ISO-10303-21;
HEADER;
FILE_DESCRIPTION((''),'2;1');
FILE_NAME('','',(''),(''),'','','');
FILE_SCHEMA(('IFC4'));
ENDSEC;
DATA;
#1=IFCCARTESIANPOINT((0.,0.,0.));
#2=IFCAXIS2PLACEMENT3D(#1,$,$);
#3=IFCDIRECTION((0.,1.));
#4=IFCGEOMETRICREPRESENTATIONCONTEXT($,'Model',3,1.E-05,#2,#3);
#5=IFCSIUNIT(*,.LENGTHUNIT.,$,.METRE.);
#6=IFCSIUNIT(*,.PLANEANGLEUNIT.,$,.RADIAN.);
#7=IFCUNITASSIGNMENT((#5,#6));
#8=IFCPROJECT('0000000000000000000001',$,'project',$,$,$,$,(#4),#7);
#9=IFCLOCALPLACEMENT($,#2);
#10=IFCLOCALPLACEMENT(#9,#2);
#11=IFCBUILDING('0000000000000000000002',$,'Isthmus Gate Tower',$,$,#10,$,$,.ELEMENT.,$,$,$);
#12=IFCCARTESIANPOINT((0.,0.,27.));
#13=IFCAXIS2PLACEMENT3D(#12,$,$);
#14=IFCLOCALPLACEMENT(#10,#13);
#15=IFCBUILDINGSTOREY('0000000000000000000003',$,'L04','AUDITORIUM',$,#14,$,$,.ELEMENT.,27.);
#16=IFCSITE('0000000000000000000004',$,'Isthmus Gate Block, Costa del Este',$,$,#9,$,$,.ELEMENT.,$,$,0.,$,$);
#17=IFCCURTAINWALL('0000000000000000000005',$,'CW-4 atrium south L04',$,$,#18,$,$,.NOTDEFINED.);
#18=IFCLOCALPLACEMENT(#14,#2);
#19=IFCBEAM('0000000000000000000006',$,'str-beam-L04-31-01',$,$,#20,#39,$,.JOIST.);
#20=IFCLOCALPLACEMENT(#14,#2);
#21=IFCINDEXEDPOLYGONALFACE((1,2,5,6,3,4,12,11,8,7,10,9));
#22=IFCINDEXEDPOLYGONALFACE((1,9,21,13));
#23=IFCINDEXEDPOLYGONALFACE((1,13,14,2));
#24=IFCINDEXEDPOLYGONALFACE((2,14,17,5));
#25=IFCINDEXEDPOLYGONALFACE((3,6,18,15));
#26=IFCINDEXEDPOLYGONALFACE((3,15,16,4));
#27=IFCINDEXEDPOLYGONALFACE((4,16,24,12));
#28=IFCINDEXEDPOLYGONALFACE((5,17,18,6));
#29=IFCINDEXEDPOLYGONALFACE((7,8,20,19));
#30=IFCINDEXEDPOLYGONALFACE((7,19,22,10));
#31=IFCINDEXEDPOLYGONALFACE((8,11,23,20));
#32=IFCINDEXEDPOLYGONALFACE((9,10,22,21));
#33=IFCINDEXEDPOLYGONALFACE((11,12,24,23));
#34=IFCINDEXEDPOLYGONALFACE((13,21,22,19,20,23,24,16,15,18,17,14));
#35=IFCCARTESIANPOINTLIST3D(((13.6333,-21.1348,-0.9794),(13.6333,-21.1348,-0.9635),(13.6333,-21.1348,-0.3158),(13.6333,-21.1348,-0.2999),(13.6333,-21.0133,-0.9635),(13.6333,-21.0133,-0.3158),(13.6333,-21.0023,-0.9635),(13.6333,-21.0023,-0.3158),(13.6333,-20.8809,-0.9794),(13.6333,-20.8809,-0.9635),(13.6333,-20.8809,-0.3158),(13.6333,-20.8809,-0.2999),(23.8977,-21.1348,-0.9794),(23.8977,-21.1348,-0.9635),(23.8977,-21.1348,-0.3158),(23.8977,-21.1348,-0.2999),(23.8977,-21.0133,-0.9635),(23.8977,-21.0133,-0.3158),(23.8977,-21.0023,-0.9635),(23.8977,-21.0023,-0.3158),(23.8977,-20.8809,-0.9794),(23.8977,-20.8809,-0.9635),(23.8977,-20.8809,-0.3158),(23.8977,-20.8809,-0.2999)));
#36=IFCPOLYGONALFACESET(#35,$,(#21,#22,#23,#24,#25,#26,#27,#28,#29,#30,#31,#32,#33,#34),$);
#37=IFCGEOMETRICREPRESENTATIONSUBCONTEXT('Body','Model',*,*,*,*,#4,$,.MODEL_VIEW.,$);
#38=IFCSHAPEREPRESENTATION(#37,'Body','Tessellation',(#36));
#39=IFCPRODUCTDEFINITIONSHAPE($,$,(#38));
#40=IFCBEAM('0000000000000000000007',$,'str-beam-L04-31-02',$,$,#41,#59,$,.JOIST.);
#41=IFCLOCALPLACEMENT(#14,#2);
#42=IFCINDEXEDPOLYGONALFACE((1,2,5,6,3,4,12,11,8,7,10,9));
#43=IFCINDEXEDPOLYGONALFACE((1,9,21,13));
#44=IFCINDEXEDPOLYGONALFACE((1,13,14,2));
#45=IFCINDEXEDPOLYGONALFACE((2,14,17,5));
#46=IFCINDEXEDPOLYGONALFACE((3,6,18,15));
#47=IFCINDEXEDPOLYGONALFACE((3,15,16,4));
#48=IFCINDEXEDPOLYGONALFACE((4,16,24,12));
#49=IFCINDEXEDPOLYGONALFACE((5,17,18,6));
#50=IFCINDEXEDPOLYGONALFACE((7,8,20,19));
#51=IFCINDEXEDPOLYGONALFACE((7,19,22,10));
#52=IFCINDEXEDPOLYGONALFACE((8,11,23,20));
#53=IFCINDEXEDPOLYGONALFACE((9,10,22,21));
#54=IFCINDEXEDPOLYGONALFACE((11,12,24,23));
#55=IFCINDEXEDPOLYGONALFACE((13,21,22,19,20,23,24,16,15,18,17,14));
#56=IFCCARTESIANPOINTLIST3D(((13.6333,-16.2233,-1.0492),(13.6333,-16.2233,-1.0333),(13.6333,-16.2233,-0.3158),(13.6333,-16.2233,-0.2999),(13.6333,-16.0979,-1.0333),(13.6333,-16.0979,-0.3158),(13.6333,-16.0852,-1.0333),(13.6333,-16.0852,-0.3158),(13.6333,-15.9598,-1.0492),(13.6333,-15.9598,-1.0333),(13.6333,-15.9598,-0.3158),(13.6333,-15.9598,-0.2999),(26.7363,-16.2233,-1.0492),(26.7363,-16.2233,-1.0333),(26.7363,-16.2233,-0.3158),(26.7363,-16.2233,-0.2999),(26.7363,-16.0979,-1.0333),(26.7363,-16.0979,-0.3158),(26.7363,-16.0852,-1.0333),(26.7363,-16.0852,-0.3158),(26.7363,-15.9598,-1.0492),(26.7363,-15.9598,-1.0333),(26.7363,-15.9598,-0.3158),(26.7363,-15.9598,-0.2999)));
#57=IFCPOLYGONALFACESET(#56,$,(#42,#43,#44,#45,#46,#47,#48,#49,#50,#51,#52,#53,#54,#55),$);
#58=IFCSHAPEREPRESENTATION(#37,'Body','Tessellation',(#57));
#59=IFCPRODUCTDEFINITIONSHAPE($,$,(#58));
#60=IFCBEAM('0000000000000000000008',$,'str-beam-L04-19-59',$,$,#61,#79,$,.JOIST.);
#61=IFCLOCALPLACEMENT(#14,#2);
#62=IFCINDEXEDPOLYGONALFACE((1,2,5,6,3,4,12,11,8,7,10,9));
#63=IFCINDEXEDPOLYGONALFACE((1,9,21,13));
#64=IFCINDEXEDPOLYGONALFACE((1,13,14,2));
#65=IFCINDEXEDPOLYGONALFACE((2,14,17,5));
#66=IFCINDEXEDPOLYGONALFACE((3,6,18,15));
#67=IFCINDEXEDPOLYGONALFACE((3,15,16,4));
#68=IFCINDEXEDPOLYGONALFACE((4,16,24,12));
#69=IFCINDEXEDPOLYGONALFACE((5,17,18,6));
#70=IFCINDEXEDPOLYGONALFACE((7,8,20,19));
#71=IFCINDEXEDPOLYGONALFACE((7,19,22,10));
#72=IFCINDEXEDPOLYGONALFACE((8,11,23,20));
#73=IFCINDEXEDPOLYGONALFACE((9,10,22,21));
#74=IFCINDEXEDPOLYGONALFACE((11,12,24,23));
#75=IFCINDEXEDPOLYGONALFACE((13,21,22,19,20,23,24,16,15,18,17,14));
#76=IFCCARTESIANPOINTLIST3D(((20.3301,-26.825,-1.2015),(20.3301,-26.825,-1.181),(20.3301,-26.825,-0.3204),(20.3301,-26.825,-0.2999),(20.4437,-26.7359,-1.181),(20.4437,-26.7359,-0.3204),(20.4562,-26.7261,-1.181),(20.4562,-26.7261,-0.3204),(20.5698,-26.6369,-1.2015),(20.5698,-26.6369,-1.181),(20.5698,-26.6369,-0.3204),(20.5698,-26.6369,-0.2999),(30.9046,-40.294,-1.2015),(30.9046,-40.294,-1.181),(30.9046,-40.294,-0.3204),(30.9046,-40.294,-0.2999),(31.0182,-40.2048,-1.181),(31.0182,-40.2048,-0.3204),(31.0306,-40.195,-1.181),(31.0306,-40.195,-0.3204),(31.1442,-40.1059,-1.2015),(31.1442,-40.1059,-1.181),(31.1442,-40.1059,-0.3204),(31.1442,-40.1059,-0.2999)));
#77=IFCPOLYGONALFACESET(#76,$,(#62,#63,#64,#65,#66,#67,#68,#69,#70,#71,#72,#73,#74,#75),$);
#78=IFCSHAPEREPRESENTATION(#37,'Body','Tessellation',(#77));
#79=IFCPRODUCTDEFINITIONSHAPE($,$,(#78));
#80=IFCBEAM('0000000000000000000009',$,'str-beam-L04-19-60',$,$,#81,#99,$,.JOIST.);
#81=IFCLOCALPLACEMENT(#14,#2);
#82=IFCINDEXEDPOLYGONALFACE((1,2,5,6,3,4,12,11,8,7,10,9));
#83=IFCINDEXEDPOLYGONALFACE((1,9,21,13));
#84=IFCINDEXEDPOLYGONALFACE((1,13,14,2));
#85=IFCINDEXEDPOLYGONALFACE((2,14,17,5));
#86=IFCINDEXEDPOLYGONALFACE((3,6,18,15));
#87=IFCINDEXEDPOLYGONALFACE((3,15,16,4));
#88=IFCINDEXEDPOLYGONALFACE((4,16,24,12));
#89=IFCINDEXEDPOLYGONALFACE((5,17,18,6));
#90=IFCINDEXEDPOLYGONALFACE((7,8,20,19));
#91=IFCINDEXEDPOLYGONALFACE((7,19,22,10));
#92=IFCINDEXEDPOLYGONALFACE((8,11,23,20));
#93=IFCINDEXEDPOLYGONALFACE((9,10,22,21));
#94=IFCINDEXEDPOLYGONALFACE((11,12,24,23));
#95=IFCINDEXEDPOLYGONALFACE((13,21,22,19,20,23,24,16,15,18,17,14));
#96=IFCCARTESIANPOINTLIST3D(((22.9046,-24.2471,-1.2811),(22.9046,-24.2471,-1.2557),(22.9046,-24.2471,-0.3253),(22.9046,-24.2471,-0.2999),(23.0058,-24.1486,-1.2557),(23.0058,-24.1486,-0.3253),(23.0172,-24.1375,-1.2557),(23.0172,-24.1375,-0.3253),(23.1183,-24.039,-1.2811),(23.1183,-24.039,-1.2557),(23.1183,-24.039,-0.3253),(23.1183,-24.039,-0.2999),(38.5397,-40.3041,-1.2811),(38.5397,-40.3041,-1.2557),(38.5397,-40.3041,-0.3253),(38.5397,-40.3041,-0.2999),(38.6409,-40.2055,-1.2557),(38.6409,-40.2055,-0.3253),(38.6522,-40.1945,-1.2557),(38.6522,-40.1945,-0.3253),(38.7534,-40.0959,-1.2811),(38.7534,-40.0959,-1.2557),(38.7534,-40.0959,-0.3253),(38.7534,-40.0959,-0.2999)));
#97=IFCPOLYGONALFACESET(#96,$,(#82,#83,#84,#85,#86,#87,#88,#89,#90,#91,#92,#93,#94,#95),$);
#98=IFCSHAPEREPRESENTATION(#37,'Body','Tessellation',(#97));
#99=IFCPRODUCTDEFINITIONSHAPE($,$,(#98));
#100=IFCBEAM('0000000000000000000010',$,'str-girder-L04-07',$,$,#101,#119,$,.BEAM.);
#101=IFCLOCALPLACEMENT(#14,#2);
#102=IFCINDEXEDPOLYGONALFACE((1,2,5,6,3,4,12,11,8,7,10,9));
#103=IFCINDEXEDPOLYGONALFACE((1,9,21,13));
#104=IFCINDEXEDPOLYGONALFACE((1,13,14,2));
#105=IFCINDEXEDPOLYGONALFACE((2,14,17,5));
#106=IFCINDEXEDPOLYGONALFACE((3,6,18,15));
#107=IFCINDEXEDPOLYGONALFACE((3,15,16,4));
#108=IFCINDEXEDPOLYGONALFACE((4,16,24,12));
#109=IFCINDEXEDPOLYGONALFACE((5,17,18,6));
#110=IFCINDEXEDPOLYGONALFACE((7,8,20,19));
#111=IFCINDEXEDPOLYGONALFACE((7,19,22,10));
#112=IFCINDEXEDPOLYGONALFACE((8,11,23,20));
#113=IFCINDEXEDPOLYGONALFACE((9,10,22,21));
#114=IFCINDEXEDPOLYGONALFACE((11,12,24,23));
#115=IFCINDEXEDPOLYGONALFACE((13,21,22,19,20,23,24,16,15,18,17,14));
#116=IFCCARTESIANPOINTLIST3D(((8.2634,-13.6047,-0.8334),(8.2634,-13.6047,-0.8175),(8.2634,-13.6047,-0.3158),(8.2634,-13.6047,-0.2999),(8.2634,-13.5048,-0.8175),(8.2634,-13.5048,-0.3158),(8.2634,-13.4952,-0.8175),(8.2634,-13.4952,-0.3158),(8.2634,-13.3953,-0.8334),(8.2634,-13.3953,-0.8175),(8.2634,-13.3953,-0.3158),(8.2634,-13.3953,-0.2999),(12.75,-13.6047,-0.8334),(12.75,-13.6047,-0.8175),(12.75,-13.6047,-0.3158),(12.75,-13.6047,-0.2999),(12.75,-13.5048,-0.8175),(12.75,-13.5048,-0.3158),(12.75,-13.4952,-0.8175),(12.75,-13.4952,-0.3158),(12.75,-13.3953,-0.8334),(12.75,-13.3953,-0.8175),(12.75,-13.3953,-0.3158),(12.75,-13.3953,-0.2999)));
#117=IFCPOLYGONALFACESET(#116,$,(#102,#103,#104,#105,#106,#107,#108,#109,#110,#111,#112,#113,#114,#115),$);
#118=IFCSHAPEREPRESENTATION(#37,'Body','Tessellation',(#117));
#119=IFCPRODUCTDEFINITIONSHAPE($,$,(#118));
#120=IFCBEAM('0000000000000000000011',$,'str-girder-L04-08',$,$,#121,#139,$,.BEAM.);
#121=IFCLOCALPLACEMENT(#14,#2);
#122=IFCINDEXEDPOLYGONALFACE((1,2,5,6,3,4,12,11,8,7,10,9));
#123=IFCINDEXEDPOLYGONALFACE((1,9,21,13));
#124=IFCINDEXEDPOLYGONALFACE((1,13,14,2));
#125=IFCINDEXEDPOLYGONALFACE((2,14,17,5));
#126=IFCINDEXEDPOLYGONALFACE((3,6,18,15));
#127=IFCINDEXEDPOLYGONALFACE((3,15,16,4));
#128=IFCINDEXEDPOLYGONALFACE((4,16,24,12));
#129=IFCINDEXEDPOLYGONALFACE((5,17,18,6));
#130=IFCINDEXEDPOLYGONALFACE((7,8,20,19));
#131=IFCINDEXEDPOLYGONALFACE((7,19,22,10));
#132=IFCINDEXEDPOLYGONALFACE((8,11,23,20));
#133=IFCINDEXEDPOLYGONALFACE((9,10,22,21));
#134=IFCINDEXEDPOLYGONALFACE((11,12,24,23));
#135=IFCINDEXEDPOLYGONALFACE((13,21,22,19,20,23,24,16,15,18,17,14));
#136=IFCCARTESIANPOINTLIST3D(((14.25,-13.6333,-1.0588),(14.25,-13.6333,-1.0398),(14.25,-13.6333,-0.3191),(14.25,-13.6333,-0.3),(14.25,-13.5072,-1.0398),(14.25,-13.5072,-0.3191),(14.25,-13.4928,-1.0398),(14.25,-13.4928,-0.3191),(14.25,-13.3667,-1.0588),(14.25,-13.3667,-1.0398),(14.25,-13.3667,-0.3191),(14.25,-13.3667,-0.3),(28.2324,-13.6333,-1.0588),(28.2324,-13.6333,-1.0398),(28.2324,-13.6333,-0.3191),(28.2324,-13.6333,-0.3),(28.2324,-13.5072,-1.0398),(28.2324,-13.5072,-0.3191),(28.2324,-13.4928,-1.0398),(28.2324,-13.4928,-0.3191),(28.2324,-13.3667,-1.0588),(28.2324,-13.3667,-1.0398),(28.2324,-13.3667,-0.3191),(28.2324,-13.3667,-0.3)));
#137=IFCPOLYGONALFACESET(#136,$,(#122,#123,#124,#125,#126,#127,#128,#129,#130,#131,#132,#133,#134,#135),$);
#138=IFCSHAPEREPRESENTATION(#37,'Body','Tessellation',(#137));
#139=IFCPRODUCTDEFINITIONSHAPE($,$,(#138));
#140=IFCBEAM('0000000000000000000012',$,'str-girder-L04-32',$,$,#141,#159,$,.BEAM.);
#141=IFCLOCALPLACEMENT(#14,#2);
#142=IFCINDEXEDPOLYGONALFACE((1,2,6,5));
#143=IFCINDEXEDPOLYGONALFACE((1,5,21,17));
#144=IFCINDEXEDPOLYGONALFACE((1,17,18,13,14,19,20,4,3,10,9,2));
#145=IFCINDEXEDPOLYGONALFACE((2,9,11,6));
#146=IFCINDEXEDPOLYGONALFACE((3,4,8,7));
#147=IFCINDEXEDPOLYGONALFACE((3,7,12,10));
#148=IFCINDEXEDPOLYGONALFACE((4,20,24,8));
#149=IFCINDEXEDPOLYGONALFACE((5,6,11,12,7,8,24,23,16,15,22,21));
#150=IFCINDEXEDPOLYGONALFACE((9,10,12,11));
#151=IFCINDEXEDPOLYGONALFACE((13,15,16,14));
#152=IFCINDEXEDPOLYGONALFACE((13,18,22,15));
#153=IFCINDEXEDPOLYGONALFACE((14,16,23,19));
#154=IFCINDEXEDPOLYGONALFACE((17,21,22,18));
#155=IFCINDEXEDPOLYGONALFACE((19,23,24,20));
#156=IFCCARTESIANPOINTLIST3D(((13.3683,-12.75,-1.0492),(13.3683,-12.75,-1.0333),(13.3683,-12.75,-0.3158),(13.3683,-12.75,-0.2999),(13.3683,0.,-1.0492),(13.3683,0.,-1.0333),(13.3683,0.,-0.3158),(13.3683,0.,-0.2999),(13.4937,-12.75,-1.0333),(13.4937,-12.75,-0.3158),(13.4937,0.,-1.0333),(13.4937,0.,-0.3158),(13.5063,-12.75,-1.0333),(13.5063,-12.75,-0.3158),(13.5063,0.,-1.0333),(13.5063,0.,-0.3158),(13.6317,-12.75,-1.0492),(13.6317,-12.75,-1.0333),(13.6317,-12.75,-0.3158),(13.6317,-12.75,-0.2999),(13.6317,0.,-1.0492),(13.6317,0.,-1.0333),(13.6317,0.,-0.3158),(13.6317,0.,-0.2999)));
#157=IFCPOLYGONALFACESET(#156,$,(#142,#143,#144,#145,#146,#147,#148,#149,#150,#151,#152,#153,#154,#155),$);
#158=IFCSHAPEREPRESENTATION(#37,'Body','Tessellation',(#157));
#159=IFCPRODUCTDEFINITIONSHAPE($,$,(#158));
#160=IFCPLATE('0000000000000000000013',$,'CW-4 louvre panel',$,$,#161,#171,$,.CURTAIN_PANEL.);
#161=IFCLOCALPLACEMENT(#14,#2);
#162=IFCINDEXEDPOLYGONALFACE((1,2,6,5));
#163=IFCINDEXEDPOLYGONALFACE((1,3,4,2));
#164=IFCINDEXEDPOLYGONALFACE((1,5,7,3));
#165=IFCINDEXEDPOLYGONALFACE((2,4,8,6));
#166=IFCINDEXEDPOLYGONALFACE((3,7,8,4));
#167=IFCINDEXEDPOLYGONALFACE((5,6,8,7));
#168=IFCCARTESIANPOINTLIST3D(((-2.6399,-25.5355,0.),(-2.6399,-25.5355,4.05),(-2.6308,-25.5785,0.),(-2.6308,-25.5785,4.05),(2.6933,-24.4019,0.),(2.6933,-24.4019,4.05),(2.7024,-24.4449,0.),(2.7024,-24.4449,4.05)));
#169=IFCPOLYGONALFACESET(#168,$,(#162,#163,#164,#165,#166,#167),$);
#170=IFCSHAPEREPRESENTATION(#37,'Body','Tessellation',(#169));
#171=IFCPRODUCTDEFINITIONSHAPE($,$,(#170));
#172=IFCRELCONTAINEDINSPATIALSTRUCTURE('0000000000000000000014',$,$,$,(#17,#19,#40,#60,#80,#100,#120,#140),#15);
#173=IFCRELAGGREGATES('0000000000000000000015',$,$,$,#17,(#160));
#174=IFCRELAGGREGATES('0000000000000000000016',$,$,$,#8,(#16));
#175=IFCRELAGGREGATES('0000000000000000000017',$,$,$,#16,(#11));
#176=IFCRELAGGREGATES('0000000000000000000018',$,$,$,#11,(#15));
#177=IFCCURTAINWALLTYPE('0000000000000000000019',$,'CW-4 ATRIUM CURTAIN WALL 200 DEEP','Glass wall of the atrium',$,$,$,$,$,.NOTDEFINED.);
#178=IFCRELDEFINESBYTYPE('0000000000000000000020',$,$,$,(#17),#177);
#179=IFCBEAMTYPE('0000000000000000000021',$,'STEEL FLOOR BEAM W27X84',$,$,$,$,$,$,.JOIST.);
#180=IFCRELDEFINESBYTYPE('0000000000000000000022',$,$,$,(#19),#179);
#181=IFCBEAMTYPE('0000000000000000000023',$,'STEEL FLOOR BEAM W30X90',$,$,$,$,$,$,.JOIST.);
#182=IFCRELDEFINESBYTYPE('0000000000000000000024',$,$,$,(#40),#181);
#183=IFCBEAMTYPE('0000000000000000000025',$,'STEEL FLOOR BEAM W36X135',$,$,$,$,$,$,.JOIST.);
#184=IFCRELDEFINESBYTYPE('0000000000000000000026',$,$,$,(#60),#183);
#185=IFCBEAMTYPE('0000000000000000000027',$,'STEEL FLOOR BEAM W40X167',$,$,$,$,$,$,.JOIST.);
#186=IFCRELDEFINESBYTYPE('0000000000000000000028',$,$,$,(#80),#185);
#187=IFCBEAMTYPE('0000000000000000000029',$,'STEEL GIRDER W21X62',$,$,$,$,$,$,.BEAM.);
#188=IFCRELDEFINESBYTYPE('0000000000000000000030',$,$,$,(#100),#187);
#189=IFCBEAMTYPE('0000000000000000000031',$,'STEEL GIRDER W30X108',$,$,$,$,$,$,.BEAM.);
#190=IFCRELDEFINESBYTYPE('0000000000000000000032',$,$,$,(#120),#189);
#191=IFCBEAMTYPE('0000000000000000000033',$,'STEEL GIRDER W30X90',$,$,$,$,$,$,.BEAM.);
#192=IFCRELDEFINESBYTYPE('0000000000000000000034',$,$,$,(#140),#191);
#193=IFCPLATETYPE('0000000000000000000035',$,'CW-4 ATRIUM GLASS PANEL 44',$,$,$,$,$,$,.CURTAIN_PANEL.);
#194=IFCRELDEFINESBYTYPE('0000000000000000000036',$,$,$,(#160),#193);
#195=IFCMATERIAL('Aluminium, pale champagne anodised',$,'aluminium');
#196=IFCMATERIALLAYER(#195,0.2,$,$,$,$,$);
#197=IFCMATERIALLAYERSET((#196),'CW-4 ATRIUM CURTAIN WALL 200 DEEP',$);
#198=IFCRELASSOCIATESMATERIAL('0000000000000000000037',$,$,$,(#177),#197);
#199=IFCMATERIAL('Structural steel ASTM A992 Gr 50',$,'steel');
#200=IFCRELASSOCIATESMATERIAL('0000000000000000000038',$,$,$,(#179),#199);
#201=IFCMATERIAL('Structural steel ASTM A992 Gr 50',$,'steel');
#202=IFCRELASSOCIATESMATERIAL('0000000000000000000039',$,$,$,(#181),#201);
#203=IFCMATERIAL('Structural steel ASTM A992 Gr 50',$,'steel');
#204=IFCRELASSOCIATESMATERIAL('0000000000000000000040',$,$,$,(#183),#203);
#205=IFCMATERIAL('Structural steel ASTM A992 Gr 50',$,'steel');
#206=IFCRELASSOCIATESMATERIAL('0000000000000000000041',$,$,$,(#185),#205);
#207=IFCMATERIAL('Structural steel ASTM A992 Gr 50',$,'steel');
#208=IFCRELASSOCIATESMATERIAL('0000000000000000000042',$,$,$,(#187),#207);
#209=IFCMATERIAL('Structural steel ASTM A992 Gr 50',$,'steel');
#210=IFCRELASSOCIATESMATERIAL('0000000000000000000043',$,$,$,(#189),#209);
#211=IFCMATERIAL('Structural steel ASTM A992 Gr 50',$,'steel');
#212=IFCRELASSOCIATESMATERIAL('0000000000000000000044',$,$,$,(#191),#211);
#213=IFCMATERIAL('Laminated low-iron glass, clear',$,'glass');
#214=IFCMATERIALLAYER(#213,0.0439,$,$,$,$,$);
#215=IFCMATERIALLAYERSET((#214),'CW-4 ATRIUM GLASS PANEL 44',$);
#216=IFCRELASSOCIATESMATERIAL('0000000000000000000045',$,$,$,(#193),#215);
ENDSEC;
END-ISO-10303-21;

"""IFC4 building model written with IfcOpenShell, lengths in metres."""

from ifc_helpers import new_model, si_unit, direction, frame, origin, origin_2d, place, context, subcontext, project, spatial, rectangle, i_section, extrude, material, layer, layer_set, material_profile, profile_set, type_object, element, aggregate, save


model = new_model("IFC4")

# Units and contexts
model_context = context("Model", 3, precision=1e-05, world=origin(), true_north=direction((0.0, 1.0)))
body_context = subcontext(model_context, "Body", "Model", "MODEL_VIEW")
ifc_project = project(units=[si_unit("LENGTHUNIT", "METRE"), si_unit("PLANEANGLEUNIT", "RADIAN")], contexts=[model_context])

# Site, building, storey
site_placement = place(None, origin())
site = spatial("IfcSite", under=ifc_project, at=site_placement, Name="Isthmus Gate Block, Costa del Este", CompositionType="ELEMENT", RefElevation=0.0)
building_placement = place(site_placement, origin())
building = spatial("IfcBuilding", under=site, at=building_placement, Name="Isthmus Gate Tower", CompositionType="ELEMENT")
storey_placement = place(building_placement, frame((0.0, 0.0, 27.0)))
storey = spatial("IfcBuildingStorey", under=building, at=storey_placement, Name="L04", Description="AUDITORIUM", CompositionType="ELEMENT", Elevation=27.0)

# Curtain wall
ifc_material_1 = material(Name="Aluminium, pale champagne anodised", Category="aluminium")
ifc_layer_1 = layer(ifc_material_1, 0.2)
ifc_layer_set_1 = layer_set([ifc_layer_1], Name="CW-4 ATRIUM CURTAIN WALL 200 DEEP")
curtain_wall_type = type_object("IfcCurtainWallType", Name="CW-4 ATRIUM CURTAIN WALL 200 DEEP", Description="Glass wall of the atrium", PredefinedType="NOTDEFINED", material=ifc_layer_set_1)
curtain_wall_placement = place(storey_placement, origin())
curtain_wall = element("IfcCurtainWall", 1, at=curtain_wall_placement, inside=storey, type_object=curtain_wall_type, Name="CW-4 atrium south L04", PredefinedType="NOTDEFINED")

# Beams
ifc_material_2 = material(Name="Structural steel ASTM A992 Gr 50", Category="steel")
ifc_material_profile_1 = material_profile(ifc_material_2, i_section(OverallWidth=0.2539, OverallDepth=0.6794, WebThickness=0.011, FlangeThickness=0.0159, at=origin_2d()), Name="W27X84")
ifc_profile_set_1 = profile_set([ifc_material_profile_1], Name="Structural steel ASTM A992 Gr 50")
beam_type_1 = type_object("IfcBeamType", Name="STEEL FLOOR BEAM W27X84", PredefinedType="JOIST", material=ifc_profile_set_1)
beam_1_placement = place(storey_placement, frame((13.6333, -21.0078, -0.6396), z_axis=(1.0, 0.0, 0.0), x_axis=(0.0, 1.0, 0.0)))
element("IfcBeam", 2, at=beam_1_placement, inside=storey, type_object=beam_type_1, Name="str-beam-L04-31-01", PredefinedType="JOIST", context=body_context, shape_type="SweptSolid", body=[
    extrude(i_section(OverallWidth=0.2539, OverallDepth=0.6794, WebThickness=0.011, FlangeThickness=0.0159, at=origin_2d()), origin(), (0.0, 0.0, 1.0), 10.2644),
])
ifc_material_3 = material(Name="Structural steel ASTM A992 Gr 50", Category="steel")
ifc_material_profile_2 = material_profile(ifc_material_3, i_section(OverallWidth=0.2634, OverallDepth=0.7493, WebThickness=0.0127, FlangeThickness=0.0159, at=origin_2d()), Name="W30X90")
ifc_profile_set_2 = profile_set([ifc_material_profile_2], Name="Structural steel ASTM A992 Gr 50")
beam_type_2 = type_object("IfcBeamType", Name="STEEL FLOOR BEAM W30X90", PredefinedType="JOIST", material=ifc_profile_set_2)
beam_2_placement = place(storey_placement, frame((13.6333, -16.0916, -0.6746), z_axis=(1.0, 0.0, 0.0), x_axis=(0.0, 1.0, 0.0)))
element("IfcBeam", 3, at=beam_2_placement, inside=storey, type_object=beam_type_2, Name="str-beam-L04-31-02", PredefinedType="JOIST", context=body_context, shape_type="SweptSolid", body=[
    extrude(i_section(OverallWidth=0.2634, OverallDepth=0.7493, WebThickness=0.0127, FlangeThickness=0.0159, at=origin_2d()), origin(), (0.0, 0.0, 1.0), 13.103),
])
ifc_material_4 = material(Name="Structural steel ASTM A992 Gr 50", Category="steel")
ifc_material_profile_3 = material_profile(ifc_material_4, i_section(OverallWidth=0.3047, OverallDepth=0.9016, WebThickness=0.0159, FlangeThickness=0.0205, at=origin_2d()), Name="W36X135")
ifc_profile_set_3 = profile_set([ifc_material_profile_3], Name="Structural steel ASTM A992 Gr 50")
beam_type_3 = type_object("IfcBeamType", Name="STEEL FLOOR BEAM W36X135", PredefinedType="JOIST", material=ifc_profile_set_3)
beam_3_placement = place(storey_placement, frame((20.45, -26.731, -0.7507), z_axis=(0.617521, -0.786554, 0.0), x_axis=(0.786554, 0.617521, 0.0)))
element("IfcBeam", 4, at=beam_3_placement, inside=storey, type_object=beam_type_3, Name="str-beam-L04-19-59", PredefinedType="JOIST", context=body_context, shape_type="SweptSolid", body=[
    extrude(i_section(OverallWidth=0.3047, OverallDepth=0.9016, WebThickness=0.0159, FlangeThickness=0.0205, at=origin_2d()), origin(), (0.0, 0.0, 1.0), 17.124),
])
ifc_material_5 = material(Name="Structural steel ASTM A992 Gr 50", Category="steel")
ifc_material_profile_4 = material_profile(ifc_material_5, i_section(OverallWidth=0.2983, OverallDepth=0.9812, WebThickness=0.0159, FlangeThickness=0.0254, at=origin_2d()), Name="W40X167")
ifc_profile_set_4 = profile_set([ifc_material_profile_4], Name="Structural steel ASTM A992 Gr 50")
beam_type_4 = type_object("IfcBeamType", Name="STEEL FLOOR BEAM W40X167", PredefinedType="JOIST", material=ifc_profile_set_4)
beam_4_placement = place(storey_placement, frame((23.0115, -24.1431, -0.7905), z_axis=(0.697632, -0.716456, 0.0), x_axis=(0.716456, 0.697632, 0.0)))
element("IfcBeam", 5, at=beam_4_placement, inside=storey, type_object=beam_type_4, Name="str-beam-L04-19-60", PredefinedType="JOIST", context=body_context, shape_type="SweptSolid", body=[
    extrude(i_section(OverallWidth=0.2983, OverallDepth=0.9812, WebThickness=0.0159, FlangeThickness=0.0254, at=origin_2d()), origin(), (0.0, 0.0, 1.0), 22.4116),
])
ifc_material_6 = material(Name="Structural steel ASTM A992 Gr 50", Category="steel")
ifc_material_profile_5 = material_profile(ifc_material_6, i_section(OverallWidth=0.2095, OverallDepth=0.5334, WebThickness=0.0095, FlangeThickness=0.0159, at=origin_2d()), Name="W21X62")
ifc_profile_set_5 = profile_set([ifc_material_profile_5], Name="Structural steel ASTM A992 Gr 50")
beam_type_5 = type_object("IfcBeamType", Name="STEEL GIRDER W21X62", PredefinedType="BEAM", material=ifc_profile_set_5)
beam_5_placement = place(storey_placement, frame((8.2634, -13.5, -0.5667), z_axis=(1.0, 0.0, 0.0), x_axis=(0.0, 1.0, 0.0)))
element("IfcBeam", 6, at=beam_5_placement, inside=storey, type_object=beam_type_5, Name="str-girder-L04-07", PredefinedType="BEAM", context=body_context, shape_type="SweptSolid", body=[
    extrude(i_section(OverallWidth=0.2095, OverallDepth=0.5334, WebThickness=0.0095, FlangeThickness=0.0159, at=origin_2d()), origin(), (0.0, 0.0, 1.0), 4.4866),
])
ifc_material_7 = material(Name="Structural steel ASTM A992 Gr 50", Category="steel")
ifc_material_profile_6 = material_profile(ifc_material_7, i_section(OverallWidth=0.2666, OverallDepth=0.7588, WebThickness=0.0144, FlangeThickness=0.019, at=origin_2d()), Name="W30X108")
ifc_profile_set_6 = profile_set([ifc_material_profile_6], Name="Structural steel ASTM A992 Gr 50")
beam_type_6 = type_object("IfcBeamType", Name="STEEL GIRDER W30X108", PredefinedType="BEAM", material=ifc_profile_set_6)
beam_6_placement = place(storey_placement, frame((14.25, -13.5, -0.6794), z_axis=(1.0, 0.0, 0.0), x_axis=(0.0, 1.0, 0.0)))
element("IfcBeam", 7, at=beam_6_placement, inside=storey, type_object=beam_type_6, Name="str-girder-L04-08", PredefinedType="BEAM", context=body_context, shape_type="SweptSolid", body=[
    extrude(i_section(OverallWidth=0.2666, OverallDepth=0.7588, WebThickness=0.0144, FlangeThickness=0.019, at=origin_2d()), origin(), (0.0, 0.0, 1.0), 13.9824),
])
ifc_material_8 = material(Name="Structural steel ASTM A992 Gr 50", Category="steel")
ifc_material_profile_7 = material_profile(ifc_material_8, i_section(OverallWidth=0.2634, OverallDepth=0.7493, WebThickness=0.0127, FlangeThickness=0.0159, at=origin_2d()), Name="W30X90")
ifc_profile_set_7 = profile_set([ifc_material_profile_7], Name="Structural steel ASTM A992 Gr 50")
beam_type_7 = type_object("IfcBeamType", Name="STEEL GIRDER W30X90", PredefinedType="BEAM", material=ifc_profile_set_7)
beam_7_placement = place(storey_placement, frame((13.5, -12.75, -0.6746), z_axis=(0.0, 1.0, 0.0), x_axis=(-1.0, 0.0, 0.0)))
element("IfcBeam", 8, at=beam_7_placement, inside=storey, type_object=beam_type_7, Name="str-girder-L04-32", PredefinedType="BEAM", context=body_context, shape_type="SweptSolid", body=[
    extrude(i_section(OverallWidth=0.2634, OverallDepth=0.7493, WebThickness=0.0127, FlangeThickness=0.0159, at=origin_2d()), origin(), (0.0, 0.0, 1.0), 12.75),
])

# Plate
ifc_material_9 = material(Name="Laminated low-iron glass, clear", Category="glass")
ifc_layer_2 = layer(ifc_material_9, 0.0439)
ifc_layer_set_2 = layer_set([ifc_layer_2], Name="CW-4 ATRIUM GLASS PANEL 44")
plate_type = type_object("IfcPlateType", Name="CW-4 ATRIUM GLASS PANEL 44", PredefinedType="CURTAIN_PANEL", material=ifc_layer_set_2)
plate_1_placement = place(storey_placement, frame((0.0312, -24.9902, 0.0), z_axis=(0.0, 0.0, 1.0), x_axis=(0.978148, 0.207912, 0.0)))
plate_1 = element("IfcPlate", 9, at=plate_1_placement, type_object=plate_type, Name="CW-4 louvre panel", PredefinedType="CURTAIN_PANEL", context=body_context, shape_type="SweptSolid", body=[
    extrude(rectangle(XDim=5.4524, YDim=0.0439, at=origin_2d()), origin(), (0.0, 0.0, 1.0), 4.05),
])
aggregate(curtain_wall, [plate_1])

save(model, "model.ifc")
